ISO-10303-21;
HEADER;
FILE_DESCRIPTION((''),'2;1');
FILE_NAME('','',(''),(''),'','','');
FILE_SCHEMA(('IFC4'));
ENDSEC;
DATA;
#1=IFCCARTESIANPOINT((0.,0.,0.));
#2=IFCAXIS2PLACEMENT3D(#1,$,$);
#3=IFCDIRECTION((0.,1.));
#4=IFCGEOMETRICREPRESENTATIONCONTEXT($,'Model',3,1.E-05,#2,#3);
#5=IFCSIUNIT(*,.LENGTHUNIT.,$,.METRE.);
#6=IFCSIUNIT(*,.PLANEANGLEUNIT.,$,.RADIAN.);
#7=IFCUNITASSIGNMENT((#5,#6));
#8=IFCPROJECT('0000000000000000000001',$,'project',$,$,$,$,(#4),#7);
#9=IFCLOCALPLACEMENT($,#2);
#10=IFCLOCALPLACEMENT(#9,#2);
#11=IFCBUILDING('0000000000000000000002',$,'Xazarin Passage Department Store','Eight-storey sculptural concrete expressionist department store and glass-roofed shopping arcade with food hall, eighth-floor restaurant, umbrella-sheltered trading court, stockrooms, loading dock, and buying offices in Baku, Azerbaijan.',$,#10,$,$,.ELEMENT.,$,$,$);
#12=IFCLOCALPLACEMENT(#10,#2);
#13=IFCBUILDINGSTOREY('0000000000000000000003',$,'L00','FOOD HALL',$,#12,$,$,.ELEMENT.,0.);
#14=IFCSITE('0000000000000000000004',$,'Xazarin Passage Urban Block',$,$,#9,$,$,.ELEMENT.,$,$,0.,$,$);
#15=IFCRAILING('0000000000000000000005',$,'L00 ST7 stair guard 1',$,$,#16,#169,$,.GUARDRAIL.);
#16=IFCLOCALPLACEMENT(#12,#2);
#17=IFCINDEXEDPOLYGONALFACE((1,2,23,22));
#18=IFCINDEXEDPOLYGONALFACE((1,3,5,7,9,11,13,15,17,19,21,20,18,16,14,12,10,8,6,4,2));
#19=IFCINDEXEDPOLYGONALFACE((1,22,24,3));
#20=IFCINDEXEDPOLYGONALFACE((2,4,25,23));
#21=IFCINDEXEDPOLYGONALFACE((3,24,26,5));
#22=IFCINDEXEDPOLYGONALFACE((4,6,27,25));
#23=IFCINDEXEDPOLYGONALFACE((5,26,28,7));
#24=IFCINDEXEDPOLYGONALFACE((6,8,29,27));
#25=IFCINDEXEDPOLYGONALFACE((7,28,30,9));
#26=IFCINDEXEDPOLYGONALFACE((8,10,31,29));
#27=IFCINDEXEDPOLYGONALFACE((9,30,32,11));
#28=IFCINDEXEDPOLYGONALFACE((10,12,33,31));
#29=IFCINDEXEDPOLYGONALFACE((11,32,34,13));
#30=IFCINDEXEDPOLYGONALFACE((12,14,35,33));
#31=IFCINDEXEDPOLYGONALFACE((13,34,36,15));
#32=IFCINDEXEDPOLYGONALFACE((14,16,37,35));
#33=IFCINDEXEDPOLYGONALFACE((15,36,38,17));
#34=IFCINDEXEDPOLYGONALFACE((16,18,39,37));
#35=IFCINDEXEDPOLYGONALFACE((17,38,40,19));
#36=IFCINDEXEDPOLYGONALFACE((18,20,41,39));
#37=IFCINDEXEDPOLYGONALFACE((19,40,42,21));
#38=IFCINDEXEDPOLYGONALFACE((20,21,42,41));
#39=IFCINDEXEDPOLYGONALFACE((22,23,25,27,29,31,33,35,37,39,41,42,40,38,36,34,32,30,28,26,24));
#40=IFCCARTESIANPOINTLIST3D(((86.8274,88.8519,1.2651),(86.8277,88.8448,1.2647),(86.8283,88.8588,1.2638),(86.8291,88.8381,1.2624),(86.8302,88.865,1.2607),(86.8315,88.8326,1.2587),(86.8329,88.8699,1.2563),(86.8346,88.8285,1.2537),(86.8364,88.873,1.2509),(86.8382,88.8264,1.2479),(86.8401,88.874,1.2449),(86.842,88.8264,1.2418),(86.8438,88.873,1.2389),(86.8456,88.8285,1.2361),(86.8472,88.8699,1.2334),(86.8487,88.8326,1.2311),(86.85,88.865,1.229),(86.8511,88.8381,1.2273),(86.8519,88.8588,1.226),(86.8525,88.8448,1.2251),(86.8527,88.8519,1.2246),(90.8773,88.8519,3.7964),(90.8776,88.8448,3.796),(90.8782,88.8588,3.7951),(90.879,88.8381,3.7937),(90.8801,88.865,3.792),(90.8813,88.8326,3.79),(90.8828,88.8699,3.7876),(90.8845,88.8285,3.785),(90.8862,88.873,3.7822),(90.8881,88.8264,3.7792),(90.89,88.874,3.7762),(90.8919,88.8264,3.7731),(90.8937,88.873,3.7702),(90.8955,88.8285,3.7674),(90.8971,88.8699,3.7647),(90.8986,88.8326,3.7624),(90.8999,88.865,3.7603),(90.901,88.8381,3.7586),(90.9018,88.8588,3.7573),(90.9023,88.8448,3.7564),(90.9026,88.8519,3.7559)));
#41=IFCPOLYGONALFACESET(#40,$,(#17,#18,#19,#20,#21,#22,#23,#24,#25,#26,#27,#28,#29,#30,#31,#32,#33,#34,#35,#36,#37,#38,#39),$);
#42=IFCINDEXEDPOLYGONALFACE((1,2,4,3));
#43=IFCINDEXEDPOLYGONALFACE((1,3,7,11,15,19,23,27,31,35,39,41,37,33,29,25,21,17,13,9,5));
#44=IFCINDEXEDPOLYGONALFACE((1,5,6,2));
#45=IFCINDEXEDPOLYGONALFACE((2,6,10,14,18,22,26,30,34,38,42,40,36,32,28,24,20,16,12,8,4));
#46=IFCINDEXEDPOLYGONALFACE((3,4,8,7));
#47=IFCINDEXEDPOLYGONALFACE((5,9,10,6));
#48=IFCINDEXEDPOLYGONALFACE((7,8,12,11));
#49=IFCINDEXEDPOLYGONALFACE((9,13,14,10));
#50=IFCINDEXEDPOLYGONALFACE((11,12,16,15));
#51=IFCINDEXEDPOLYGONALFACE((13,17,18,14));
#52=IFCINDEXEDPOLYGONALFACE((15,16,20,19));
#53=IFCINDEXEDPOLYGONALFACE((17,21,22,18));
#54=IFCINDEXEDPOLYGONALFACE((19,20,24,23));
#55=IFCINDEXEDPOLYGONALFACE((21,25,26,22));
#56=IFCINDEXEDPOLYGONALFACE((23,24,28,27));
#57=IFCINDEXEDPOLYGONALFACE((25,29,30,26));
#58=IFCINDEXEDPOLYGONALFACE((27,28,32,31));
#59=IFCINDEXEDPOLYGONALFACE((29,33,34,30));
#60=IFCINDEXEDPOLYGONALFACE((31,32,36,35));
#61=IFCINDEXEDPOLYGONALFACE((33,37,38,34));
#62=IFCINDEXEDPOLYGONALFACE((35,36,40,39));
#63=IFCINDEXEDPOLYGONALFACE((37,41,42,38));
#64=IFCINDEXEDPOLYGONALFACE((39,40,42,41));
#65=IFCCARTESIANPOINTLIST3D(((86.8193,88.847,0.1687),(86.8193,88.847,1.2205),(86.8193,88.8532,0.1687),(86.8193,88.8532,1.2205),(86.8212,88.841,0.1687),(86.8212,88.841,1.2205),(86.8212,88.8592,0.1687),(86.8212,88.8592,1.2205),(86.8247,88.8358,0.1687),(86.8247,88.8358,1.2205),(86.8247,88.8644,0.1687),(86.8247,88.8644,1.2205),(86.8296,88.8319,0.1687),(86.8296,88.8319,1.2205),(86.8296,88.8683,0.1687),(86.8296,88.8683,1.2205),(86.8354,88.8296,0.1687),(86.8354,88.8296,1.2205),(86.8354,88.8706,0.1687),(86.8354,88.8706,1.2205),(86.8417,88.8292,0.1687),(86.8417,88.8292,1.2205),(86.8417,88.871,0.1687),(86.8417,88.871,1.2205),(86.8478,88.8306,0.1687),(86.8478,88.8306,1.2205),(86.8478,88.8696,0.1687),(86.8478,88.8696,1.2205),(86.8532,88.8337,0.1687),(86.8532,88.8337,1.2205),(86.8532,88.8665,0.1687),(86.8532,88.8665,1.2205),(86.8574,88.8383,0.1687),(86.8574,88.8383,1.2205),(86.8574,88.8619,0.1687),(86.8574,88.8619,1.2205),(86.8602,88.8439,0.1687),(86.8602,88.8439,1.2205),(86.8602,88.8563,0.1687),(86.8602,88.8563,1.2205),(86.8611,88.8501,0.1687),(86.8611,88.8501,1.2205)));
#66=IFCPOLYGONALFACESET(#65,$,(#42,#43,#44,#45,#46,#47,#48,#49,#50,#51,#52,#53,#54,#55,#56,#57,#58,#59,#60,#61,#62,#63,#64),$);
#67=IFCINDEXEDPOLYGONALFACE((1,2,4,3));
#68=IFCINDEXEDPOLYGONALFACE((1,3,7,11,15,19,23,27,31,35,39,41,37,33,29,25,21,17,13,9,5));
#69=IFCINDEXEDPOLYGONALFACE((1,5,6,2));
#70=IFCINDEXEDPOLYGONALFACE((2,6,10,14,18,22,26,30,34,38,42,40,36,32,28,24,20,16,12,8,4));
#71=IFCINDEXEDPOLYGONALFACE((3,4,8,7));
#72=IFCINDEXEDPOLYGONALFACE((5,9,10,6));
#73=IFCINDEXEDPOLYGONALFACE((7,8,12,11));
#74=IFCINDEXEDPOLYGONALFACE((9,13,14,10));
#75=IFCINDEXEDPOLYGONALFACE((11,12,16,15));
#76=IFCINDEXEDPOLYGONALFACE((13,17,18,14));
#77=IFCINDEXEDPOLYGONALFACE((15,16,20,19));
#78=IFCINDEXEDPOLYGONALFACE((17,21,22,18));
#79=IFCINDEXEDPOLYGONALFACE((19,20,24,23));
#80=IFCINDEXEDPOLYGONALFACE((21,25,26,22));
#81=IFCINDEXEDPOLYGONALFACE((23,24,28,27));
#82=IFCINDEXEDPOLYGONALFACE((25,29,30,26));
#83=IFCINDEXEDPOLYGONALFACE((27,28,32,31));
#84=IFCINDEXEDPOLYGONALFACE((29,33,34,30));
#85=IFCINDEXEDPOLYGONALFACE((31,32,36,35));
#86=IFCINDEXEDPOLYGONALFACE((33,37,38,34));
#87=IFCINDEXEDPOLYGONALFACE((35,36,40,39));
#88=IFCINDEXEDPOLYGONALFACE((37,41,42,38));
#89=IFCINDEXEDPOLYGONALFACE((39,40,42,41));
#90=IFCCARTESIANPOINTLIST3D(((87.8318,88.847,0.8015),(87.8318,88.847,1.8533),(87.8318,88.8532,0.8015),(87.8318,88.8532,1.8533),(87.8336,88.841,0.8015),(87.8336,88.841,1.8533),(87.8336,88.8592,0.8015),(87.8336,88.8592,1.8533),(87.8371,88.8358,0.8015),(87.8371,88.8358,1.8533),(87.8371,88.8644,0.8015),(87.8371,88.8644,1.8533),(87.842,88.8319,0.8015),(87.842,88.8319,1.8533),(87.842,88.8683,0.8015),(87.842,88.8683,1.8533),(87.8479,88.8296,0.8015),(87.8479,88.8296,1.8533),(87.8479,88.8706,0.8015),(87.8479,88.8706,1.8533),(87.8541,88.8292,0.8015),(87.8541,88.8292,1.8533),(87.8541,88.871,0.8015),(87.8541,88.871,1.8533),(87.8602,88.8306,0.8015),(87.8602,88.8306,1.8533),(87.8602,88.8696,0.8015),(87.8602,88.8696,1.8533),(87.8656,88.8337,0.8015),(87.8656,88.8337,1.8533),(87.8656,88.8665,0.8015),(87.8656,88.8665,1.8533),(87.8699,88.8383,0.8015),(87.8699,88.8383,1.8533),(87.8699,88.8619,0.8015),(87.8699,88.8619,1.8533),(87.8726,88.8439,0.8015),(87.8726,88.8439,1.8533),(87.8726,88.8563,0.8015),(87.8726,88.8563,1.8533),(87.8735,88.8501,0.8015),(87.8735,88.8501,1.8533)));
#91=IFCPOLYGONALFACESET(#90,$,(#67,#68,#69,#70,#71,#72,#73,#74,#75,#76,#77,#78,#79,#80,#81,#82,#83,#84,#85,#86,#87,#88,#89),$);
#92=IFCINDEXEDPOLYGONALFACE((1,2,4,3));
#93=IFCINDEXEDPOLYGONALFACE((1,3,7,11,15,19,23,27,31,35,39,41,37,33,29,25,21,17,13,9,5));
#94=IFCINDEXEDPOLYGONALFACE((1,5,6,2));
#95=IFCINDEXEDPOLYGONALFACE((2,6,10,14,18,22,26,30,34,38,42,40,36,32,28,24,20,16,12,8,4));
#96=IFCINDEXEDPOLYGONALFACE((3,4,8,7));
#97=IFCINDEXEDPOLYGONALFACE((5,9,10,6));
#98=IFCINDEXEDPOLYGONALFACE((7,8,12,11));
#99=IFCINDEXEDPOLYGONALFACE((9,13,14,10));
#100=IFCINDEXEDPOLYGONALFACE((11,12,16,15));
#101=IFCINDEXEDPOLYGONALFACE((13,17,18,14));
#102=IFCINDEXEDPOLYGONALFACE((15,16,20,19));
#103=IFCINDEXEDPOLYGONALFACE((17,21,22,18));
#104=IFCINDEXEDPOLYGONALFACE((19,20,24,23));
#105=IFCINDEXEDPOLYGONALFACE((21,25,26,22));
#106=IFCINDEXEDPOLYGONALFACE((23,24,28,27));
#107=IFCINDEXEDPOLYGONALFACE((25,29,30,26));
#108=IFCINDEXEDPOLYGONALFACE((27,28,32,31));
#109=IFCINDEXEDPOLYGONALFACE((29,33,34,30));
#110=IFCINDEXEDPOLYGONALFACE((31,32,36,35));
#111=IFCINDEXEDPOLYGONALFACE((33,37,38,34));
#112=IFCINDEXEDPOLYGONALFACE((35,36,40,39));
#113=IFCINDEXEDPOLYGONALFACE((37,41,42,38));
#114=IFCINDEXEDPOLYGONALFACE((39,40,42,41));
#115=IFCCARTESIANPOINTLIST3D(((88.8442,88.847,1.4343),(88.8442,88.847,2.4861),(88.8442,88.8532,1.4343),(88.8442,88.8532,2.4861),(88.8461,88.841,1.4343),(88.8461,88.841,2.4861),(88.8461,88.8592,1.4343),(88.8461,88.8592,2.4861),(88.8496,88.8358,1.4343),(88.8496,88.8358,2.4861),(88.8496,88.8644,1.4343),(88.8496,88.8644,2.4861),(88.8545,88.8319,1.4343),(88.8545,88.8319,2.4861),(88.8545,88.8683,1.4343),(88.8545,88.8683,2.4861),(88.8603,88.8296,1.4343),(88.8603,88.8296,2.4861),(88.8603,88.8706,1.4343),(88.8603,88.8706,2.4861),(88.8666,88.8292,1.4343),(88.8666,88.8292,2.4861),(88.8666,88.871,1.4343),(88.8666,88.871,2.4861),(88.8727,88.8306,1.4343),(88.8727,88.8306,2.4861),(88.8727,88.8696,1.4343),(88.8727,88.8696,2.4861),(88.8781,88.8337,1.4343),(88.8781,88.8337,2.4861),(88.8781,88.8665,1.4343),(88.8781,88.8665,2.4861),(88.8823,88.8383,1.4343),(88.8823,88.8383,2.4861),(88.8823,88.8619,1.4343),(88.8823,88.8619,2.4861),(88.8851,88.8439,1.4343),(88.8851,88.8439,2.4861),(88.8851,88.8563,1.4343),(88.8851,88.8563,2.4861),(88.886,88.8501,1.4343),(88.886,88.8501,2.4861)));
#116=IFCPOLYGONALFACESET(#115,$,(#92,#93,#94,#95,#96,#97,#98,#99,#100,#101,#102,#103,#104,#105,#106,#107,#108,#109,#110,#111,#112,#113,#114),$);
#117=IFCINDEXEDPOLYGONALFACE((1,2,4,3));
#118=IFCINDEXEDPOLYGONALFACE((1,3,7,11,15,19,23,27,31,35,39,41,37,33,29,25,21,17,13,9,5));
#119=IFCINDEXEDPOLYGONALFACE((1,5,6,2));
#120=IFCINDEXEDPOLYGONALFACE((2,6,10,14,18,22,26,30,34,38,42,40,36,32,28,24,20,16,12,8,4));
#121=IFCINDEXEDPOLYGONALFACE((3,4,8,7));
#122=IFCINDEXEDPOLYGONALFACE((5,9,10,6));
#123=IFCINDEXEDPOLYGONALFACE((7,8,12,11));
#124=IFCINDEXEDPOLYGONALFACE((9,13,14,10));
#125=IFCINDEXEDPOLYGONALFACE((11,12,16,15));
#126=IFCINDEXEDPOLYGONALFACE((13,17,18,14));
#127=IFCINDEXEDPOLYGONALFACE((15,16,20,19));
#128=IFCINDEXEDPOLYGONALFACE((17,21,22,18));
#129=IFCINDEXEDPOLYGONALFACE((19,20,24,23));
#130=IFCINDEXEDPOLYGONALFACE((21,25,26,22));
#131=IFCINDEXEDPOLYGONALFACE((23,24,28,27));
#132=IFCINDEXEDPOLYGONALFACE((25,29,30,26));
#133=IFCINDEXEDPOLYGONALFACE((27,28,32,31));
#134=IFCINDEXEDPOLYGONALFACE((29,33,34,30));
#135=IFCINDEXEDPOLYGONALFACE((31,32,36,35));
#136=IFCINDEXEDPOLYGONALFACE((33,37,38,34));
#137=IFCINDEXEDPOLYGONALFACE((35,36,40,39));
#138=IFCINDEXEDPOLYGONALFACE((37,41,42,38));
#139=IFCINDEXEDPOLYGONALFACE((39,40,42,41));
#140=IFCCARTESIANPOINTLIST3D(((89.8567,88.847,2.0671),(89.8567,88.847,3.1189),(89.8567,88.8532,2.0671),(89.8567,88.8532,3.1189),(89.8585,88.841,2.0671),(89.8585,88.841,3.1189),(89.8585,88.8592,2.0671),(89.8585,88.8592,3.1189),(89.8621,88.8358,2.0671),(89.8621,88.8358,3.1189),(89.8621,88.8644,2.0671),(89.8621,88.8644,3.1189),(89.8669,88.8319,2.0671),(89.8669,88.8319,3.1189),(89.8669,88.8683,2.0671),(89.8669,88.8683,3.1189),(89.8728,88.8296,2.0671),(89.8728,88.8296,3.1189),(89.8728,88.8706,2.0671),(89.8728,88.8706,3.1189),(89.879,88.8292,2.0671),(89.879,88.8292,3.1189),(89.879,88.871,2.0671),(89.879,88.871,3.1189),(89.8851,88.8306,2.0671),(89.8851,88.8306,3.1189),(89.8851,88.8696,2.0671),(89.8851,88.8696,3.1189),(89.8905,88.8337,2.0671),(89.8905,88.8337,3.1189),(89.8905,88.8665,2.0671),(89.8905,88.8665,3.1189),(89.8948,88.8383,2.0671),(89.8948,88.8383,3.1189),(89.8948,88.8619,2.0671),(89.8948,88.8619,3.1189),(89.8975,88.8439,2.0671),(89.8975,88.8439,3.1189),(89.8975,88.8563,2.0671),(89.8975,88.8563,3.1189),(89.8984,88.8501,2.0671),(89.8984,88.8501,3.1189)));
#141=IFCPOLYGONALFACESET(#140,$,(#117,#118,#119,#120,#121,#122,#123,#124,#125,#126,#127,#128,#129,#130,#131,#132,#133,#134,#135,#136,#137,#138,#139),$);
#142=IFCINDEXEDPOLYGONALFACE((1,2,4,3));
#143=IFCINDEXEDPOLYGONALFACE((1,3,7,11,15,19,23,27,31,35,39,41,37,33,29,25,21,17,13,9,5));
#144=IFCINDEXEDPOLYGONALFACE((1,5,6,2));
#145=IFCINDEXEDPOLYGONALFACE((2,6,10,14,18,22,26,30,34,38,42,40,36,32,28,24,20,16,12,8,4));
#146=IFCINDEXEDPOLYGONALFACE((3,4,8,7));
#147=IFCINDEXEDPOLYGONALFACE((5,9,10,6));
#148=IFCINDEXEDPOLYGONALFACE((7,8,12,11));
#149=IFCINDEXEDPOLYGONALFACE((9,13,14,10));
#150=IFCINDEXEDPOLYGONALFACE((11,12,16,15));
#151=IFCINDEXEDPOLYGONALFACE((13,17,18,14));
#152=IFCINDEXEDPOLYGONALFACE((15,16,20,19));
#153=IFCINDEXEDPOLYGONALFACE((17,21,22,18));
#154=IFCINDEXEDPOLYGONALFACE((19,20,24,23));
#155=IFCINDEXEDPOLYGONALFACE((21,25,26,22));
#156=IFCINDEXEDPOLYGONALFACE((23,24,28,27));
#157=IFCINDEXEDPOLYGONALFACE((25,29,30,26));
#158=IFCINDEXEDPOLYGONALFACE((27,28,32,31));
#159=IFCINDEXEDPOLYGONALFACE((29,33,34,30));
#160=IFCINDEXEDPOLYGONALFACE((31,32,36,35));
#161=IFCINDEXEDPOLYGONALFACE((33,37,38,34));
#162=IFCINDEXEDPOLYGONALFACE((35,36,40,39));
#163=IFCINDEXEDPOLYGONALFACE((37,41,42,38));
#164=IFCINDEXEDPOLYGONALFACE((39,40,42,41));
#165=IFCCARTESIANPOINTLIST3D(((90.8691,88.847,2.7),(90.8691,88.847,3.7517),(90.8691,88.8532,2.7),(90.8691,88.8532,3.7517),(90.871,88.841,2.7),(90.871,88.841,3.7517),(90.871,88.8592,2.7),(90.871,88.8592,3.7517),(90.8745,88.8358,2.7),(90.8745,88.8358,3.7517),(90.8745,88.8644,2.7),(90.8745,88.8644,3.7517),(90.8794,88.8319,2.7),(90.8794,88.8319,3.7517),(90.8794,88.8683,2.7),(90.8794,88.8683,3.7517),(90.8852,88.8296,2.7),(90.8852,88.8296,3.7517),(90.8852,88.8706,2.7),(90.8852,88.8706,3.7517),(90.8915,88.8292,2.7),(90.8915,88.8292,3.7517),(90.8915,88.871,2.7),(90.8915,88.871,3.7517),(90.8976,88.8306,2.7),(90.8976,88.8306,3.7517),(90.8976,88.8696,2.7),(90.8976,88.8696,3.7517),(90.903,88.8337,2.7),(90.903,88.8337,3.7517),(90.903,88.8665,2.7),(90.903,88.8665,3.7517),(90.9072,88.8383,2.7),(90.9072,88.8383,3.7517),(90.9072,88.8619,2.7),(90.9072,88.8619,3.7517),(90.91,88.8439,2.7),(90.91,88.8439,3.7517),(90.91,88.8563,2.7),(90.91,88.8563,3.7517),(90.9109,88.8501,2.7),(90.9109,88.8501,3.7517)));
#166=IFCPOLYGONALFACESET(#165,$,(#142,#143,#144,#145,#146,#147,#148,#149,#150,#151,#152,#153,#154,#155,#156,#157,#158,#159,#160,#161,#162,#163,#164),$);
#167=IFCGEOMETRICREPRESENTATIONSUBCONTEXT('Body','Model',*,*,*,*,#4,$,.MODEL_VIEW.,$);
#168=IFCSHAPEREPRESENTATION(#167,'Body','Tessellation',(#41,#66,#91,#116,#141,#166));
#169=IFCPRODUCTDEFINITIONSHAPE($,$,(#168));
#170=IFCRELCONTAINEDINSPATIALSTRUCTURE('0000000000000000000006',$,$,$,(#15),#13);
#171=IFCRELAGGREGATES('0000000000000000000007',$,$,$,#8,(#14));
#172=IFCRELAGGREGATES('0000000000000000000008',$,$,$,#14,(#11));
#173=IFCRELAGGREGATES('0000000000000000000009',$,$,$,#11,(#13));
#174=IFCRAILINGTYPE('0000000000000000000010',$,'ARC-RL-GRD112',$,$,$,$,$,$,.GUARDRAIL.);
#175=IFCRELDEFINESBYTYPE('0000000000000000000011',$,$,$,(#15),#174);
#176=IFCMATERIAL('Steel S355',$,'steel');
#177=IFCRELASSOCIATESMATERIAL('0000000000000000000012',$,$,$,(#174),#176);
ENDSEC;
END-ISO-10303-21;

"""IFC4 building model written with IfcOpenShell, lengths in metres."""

from ifc_helpers import new_model, si_unit, direction, frame, origin, origin_2d, place, context, subcontext, project, spatial, circle, extrude, material, type_object, element, save


model = new_model("IFC4")

# Units and contexts
model_context = context("Model", 3, precision=1e-05, world=origin(), true_north=direction((0.0, 1.0)))
body_context = subcontext(model_context, "Body", "Model", "MODEL_VIEW")
ifc_project = project(units=[si_unit("LENGTHUNIT", "METRE"), si_unit("PLANEANGLEUNIT", "RADIAN")], contexts=[model_context])

# Site, building, storey
site_placement = place(None, origin())
site = spatial("IfcSite", under=ifc_project, at=site_placement, Name="Xazarin Passage Urban Block", CompositionType="ELEMENT", RefElevation=0.0)
building_placement = place(site_placement, origin())
building = spatial("IfcBuilding", under=site, at=building_placement, Name="Xazarin Passage Department Store", Description="Eight-storey sculptural concrete expressionist department store and glass-roofed shopping arcade with food hall, eighth-floor restaurant, umbrella-sheltered trading court, stockrooms, loading dock, and buying offices in Baku, Azerbaijan.", CompositionType="ELEMENT")
storey_placement = place(building_placement, origin())
storey = spatial("IfcBuildingStorey", under=building, at=storey_placement, Name="L00", Description="FOOD HALL", CompositionType="ELEMENT", Elevation=0.0)

# Shared definitions
ifc_material_1 = material(Name="Steel S355", Category="steel")

# Railing
railing_type_1 = type_object("IfcRailingType", Name="ARC-RL-GRD112", PredefinedType="GUARDRAIL", material=ifc_material_1)
railing_1_placement = place(storey_placement, frame((86.8401, 88.8501, 0.1687)))
element("IfcRailing", 1, at=railing_1_placement, inside=storey, type_object=railing_type_1, Name="L00 ST7 stair guard 1", PredefinedType="GUARDRAIL", context=body_context, shape_type="SweptSolid", body=[
    extrude(circle(Radius=0.0239, at=origin_2d()), frame((0.0, 0.0, 1.0762), z_axis=(0.847987, 0.0, 0.530017), x_axis=(0.0, 1.0, 0.0)), (0.0, 0.0, 1.0), 4.7759),
    extrude(circle(Radius=0.021, at=origin_2d()), origin(), (0.0, 0.0, 1.0), 1.0518),
    extrude(circle(Radius=0.021, at=origin_2d()), frame((1.0125, 0.0, 0.6328)), (0.0, 0.0, 1.0), 1.0518),
    extrude(circle(Radius=0.021, at=origin_2d()), frame((2.0249, 0.0, 1.2656)), (0.0, 0.0, 1.0), 1.0518),
    extrude(circle(Radius=0.021, at=origin_2d()), frame((3.0374, 0.0, 1.8984)), (0.0, 0.0, 1.0), 1.0518),
    extrude(circle(Radius=0.021, at=origin_2d()), frame((4.0498, 0.0, 2.5312)), (0.0, 0.0, 1.0), 1.0518),
])

save(model, "model.ifc")
